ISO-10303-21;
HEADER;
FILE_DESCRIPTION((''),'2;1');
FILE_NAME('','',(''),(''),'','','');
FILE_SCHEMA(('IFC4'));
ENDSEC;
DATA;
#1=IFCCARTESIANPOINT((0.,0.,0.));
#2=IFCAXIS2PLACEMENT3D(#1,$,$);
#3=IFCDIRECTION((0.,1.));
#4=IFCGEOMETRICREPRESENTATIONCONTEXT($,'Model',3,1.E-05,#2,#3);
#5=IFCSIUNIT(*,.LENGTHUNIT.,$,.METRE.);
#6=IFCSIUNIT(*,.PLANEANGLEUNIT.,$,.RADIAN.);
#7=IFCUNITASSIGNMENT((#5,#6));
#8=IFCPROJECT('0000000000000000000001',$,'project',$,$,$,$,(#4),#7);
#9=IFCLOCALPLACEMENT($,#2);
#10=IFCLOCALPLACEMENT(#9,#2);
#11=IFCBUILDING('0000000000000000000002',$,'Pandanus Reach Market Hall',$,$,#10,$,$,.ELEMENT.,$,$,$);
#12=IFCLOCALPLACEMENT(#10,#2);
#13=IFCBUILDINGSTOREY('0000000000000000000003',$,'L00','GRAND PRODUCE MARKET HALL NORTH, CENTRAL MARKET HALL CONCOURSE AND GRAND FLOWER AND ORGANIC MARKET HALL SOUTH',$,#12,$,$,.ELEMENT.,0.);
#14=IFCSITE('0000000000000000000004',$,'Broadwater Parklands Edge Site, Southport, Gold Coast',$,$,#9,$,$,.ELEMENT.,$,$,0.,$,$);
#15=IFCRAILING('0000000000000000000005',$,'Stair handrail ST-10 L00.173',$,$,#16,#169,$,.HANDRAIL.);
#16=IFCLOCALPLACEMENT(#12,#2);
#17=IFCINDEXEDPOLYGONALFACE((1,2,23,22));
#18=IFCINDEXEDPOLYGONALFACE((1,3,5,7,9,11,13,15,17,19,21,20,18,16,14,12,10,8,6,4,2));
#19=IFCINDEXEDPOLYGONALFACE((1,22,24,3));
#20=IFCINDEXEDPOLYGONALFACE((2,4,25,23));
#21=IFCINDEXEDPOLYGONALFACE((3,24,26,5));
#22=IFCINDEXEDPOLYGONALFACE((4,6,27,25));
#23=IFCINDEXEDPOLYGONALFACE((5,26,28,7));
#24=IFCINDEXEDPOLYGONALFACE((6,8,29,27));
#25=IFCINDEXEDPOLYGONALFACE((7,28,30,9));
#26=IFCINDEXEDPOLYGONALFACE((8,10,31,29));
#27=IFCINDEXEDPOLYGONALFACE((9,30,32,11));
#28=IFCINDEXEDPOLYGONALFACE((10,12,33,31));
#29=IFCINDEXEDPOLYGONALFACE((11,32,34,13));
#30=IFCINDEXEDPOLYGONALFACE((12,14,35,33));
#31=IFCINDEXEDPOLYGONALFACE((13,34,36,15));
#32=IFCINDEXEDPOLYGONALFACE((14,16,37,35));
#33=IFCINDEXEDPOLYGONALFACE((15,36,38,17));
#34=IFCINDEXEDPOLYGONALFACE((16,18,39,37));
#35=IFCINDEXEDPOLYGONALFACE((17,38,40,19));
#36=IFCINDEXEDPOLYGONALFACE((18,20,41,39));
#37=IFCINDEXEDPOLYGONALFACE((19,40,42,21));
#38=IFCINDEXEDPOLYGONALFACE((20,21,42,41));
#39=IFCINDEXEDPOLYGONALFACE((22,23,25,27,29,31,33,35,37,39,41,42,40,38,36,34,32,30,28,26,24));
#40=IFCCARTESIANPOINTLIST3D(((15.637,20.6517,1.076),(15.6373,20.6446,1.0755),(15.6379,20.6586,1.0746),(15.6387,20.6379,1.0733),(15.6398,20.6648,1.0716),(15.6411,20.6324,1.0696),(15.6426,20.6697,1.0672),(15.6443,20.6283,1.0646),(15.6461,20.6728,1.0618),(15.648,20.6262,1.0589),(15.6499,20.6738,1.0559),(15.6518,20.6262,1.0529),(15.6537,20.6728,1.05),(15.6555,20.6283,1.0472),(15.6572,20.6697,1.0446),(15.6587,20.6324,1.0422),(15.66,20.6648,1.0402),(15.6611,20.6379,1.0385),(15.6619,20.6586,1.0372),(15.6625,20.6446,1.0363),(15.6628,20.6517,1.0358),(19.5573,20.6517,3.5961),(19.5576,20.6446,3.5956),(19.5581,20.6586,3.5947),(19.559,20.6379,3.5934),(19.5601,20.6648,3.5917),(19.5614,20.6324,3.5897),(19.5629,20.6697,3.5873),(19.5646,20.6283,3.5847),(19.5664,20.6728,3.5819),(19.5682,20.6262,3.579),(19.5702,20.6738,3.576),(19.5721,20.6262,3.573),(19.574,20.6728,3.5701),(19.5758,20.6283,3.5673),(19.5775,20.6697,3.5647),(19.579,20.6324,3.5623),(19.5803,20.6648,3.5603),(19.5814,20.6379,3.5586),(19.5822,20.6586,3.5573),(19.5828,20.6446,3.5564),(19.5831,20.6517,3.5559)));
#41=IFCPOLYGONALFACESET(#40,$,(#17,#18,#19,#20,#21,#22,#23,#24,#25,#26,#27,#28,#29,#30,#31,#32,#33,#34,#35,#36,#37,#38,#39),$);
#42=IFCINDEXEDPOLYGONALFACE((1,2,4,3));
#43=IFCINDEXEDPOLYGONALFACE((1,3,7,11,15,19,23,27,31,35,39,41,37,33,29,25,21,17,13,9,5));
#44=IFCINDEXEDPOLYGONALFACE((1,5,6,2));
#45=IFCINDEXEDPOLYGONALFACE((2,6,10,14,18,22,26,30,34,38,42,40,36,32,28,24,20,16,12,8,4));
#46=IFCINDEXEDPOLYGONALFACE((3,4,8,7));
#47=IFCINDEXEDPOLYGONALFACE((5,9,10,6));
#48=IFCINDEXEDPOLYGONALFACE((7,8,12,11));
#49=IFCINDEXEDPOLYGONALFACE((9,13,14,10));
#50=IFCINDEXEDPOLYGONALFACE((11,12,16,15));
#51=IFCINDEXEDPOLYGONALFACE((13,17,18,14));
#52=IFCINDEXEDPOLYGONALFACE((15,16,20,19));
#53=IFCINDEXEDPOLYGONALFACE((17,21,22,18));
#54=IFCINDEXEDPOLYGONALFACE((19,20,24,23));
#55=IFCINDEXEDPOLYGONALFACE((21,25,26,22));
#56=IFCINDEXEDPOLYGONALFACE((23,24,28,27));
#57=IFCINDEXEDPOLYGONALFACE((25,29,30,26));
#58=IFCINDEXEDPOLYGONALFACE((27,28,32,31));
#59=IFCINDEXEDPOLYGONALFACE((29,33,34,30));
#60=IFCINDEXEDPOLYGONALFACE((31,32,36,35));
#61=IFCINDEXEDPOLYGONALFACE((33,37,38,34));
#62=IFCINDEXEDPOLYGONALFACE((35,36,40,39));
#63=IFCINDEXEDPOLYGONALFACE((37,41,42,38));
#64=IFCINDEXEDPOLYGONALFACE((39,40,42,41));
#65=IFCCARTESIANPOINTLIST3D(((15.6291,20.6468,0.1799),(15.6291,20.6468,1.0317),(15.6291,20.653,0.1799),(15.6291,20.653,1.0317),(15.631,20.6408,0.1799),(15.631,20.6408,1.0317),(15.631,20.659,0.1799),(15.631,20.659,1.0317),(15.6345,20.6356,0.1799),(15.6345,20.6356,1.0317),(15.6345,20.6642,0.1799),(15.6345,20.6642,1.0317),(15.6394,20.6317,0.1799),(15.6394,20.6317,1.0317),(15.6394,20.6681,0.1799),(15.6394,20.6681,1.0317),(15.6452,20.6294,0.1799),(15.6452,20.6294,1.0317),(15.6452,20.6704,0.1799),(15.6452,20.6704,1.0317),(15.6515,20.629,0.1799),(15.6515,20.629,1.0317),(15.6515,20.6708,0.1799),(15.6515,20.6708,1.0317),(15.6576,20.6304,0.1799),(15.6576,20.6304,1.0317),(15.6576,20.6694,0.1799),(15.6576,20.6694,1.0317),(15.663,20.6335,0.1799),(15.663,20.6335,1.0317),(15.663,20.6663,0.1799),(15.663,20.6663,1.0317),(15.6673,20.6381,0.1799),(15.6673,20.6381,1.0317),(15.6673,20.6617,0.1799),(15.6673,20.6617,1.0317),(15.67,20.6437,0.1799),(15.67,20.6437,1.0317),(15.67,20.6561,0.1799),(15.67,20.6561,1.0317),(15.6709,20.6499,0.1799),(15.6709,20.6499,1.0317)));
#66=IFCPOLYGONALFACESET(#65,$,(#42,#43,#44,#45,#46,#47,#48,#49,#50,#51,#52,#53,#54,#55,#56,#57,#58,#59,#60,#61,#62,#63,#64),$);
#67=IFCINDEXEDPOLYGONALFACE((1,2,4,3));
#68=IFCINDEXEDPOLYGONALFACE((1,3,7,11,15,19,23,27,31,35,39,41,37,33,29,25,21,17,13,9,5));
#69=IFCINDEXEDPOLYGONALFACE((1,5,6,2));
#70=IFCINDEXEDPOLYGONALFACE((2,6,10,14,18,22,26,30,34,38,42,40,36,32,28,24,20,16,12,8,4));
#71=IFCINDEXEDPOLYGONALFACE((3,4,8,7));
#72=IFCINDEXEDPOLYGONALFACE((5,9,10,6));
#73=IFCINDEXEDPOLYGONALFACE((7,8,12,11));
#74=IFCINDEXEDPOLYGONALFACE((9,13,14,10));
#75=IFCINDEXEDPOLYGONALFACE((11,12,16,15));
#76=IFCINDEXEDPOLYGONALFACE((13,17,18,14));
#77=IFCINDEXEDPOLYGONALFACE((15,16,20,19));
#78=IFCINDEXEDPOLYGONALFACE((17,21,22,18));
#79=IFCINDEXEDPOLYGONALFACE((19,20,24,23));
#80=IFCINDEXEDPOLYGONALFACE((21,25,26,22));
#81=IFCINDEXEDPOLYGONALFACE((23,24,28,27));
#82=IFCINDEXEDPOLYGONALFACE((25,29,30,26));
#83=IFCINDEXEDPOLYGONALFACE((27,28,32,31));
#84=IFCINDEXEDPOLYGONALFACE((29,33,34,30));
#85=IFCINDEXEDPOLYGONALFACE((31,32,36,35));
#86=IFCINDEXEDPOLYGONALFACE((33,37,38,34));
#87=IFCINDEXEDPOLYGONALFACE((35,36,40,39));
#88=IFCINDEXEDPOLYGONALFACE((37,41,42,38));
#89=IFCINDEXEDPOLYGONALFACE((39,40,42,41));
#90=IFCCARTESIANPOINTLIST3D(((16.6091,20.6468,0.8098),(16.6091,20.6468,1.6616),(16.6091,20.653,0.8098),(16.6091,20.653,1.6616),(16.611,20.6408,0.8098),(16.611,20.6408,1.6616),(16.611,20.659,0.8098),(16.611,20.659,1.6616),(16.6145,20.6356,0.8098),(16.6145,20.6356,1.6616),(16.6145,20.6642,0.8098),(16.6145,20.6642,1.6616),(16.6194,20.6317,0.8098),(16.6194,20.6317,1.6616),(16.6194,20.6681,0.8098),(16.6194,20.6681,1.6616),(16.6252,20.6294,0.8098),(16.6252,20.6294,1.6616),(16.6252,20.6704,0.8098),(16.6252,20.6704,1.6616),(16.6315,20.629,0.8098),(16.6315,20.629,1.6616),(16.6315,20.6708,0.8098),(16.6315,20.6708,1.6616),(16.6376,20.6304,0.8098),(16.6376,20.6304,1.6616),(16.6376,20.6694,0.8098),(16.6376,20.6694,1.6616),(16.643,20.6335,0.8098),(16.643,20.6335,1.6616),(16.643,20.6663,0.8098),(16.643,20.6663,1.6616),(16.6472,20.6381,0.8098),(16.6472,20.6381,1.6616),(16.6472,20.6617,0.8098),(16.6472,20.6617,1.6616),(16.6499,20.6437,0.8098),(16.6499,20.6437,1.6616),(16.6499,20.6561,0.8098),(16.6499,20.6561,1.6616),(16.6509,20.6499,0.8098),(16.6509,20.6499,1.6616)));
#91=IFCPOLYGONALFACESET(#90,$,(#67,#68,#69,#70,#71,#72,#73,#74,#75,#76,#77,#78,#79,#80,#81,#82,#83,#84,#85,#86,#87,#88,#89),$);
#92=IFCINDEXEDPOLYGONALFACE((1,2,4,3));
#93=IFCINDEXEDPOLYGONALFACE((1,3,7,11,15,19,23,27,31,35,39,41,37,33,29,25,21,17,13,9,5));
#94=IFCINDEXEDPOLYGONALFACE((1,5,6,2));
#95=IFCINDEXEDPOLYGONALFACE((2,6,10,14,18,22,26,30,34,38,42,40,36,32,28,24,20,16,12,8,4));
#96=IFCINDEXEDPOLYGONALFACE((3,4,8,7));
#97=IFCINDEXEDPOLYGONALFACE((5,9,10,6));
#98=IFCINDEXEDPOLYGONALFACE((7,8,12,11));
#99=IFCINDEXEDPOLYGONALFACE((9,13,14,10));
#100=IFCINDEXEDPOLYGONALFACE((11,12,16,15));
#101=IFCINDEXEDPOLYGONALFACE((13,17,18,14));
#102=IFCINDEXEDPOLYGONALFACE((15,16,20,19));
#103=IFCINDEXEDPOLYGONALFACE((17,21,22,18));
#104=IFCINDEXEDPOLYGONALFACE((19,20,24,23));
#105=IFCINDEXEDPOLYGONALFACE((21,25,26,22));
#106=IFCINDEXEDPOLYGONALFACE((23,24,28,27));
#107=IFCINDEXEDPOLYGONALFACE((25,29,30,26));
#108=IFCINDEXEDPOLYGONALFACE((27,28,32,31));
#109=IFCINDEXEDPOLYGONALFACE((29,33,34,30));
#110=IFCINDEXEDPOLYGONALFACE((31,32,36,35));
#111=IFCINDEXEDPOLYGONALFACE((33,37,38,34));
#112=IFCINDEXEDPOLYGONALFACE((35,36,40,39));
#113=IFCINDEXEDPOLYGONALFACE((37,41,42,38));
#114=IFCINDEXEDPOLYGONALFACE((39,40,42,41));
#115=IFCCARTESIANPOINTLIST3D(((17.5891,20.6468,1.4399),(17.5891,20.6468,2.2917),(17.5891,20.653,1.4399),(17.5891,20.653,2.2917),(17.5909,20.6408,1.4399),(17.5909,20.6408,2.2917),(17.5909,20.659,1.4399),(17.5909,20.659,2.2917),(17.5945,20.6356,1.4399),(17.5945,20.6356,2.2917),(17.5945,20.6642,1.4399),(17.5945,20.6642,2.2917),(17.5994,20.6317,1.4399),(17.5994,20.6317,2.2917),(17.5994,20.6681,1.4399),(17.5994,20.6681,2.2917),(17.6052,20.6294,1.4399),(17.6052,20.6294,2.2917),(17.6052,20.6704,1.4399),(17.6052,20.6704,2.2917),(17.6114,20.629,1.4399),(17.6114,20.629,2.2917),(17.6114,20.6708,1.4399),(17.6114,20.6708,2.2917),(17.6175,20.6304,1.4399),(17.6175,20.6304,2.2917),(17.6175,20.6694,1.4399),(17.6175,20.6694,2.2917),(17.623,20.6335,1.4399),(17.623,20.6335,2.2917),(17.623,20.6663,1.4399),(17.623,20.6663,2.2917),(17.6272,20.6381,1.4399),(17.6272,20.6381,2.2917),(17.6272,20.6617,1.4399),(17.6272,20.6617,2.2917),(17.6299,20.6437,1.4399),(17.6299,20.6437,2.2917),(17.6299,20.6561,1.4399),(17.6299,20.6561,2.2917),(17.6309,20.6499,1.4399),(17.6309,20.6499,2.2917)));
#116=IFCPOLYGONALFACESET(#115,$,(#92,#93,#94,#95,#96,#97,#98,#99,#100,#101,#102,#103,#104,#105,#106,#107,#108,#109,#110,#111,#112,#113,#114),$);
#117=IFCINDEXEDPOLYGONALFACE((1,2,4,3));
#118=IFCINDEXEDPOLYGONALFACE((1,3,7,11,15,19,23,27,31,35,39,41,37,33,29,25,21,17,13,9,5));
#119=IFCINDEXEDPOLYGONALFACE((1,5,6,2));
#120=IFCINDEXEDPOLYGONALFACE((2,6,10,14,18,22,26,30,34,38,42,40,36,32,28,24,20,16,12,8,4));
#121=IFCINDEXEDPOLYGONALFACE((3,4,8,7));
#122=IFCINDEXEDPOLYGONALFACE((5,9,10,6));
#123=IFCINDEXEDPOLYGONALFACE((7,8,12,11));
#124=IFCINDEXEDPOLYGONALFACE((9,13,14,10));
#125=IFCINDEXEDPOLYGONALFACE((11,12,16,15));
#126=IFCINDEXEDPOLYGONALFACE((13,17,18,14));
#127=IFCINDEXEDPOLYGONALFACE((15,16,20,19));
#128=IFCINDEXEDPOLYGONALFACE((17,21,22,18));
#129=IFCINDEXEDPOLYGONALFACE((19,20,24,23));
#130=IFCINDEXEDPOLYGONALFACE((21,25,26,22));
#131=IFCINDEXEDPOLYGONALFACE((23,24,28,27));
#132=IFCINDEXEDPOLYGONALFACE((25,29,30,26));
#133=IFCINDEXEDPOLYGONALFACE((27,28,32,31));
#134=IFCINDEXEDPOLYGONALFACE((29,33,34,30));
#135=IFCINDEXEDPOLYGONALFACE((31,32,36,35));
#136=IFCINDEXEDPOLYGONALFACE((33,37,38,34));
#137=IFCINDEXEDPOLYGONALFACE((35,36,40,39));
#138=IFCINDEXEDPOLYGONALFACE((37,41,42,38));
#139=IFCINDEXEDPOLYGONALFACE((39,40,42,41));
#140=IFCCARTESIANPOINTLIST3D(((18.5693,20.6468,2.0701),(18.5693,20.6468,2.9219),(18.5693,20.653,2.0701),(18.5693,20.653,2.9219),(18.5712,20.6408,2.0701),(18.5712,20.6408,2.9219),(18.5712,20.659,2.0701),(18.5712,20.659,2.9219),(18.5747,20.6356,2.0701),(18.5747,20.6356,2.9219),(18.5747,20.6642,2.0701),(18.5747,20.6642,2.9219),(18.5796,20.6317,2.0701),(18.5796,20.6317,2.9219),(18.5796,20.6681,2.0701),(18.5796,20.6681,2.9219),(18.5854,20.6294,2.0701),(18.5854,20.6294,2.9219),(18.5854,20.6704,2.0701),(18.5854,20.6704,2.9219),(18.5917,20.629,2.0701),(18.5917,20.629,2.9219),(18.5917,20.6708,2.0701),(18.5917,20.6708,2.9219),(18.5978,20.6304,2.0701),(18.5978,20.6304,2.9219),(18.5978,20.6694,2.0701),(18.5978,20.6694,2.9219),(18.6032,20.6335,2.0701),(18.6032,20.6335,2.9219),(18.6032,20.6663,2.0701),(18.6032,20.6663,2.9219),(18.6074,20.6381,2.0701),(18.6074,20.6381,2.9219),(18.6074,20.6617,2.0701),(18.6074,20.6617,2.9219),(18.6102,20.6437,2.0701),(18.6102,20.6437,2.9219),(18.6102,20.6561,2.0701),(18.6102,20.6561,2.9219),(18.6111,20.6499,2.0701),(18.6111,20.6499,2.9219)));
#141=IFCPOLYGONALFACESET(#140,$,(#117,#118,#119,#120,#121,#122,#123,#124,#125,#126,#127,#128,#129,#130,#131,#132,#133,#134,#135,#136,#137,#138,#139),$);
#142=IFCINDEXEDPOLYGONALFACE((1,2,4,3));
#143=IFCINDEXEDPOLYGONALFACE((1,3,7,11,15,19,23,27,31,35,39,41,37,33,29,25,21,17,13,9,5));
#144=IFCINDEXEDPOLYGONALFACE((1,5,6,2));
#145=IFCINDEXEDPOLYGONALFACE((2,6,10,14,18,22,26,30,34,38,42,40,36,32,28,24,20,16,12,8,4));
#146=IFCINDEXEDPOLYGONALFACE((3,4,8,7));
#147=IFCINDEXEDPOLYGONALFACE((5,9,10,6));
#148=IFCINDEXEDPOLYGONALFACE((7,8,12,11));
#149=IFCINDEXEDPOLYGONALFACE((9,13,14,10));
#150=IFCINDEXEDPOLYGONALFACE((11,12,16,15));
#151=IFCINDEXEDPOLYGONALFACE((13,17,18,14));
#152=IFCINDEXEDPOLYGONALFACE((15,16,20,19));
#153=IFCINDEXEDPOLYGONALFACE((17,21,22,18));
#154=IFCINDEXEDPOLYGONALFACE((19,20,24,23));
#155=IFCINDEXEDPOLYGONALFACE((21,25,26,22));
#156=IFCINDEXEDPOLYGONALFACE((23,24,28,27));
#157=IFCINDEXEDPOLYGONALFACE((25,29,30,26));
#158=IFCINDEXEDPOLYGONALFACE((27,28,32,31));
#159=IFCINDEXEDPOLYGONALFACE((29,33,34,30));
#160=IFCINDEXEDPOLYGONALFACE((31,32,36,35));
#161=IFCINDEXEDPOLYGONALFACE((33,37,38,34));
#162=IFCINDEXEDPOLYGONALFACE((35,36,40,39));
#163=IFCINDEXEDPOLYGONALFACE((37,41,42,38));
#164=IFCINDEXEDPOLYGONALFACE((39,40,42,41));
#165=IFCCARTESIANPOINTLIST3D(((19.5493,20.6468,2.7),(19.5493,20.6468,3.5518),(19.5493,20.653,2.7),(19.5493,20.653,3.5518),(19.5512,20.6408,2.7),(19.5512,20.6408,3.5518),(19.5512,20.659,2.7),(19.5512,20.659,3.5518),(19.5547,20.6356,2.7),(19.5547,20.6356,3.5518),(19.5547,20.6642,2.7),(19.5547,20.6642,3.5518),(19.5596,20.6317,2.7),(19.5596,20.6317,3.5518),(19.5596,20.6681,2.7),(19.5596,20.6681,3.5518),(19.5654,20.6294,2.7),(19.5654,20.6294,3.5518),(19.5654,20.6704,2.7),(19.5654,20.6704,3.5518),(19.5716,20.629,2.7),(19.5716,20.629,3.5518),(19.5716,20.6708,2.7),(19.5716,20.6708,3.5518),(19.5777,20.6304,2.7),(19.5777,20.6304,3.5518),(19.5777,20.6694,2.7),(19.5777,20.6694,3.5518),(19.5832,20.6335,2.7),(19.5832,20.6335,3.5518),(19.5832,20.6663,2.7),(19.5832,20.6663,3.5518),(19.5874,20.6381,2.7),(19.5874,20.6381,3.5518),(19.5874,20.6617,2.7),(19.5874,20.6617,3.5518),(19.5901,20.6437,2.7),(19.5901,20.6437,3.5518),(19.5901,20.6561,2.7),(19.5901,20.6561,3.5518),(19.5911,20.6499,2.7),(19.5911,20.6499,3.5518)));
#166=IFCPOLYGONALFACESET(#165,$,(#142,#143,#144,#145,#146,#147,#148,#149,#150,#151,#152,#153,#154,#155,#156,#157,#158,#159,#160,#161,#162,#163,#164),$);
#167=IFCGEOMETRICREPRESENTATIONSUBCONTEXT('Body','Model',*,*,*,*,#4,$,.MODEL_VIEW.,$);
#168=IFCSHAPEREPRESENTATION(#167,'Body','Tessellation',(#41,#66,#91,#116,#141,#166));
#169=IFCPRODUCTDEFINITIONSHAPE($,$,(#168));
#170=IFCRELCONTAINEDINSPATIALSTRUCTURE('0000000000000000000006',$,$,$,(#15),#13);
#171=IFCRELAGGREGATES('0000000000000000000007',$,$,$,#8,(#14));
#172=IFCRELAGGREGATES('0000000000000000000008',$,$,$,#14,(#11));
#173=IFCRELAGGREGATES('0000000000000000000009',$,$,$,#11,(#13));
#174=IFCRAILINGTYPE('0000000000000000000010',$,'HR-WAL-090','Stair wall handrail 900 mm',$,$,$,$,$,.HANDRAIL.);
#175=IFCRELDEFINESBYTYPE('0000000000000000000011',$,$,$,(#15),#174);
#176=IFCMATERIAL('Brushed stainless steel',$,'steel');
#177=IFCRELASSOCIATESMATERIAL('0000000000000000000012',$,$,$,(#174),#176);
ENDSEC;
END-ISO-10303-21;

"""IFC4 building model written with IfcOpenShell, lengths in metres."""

from ifc_helpers import new_model, si_unit, direction, frame, origin, origin_2d, place, context, subcontext, project, spatial, circle, extrude, material, type_object, element, save


model = new_model("IFC4")

# Units and contexts
model_context = context("Model", 3, precision=1e-05, world=origin(), true_north=direction((0.0, 1.0)))
body_context = subcontext(model_context, "Body", "Model", "MODEL_VIEW")
ifc_project = project(units=[si_unit("LENGTHUNIT", "METRE"), si_unit("PLANEANGLEUNIT", "RADIAN")], contexts=[model_context])

# Site, building, storey
site_placement = place(None, origin())
site = spatial("IfcSite", under=ifc_project, at=site_placement, Name="Broadwater Parklands Edge Site, Southport, Gold Coast", CompositionType="ELEMENT", RefElevation=0.0)
building_placement = place(site_placement, origin())
building = spatial("IfcBuilding", under=site, at=building_placement, Name="Pandanus Reach Market Hall", CompositionType="ELEMENT")
storey_placement = place(building_placement, origin())
storey = spatial("IfcBuildingStorey", under=building, at=storey_placement, Name="L00", Description="GRAND PRODUCE MARKET HALL NORTH, CENTRAL MARKET HALL CONCOURSE AND GRAND FLOWER AND ORGANIC MARKET HALL SOUTH", CompositionType="ELEMENT", Elevation=0.0)

# Railing
ifc_material_1 = material(Name="Brushed stainless steel", Category="steel")
railing_type_1 = type_object("IfcRailingType", Name="HR-WAL-090", Description="Stair wall handrail 900 mm", PredefinedType="HANDRAIL", material=ifc_material_1)
railing_1_placement = place(storey_placement, frame((15.6499, 20.6499, 0.1799)))
element("IfcRailing", 1, at=railing_1_placement, inside=storey, type_object=railing_type_1, Name="Stair handrail ST-10 L00.173", PredefinedType="HANDRAIL", context=body_context, shape_type="SweptSolid", body=[
    extrude(circle(Radius=0.0239, at=origin_2d()), frame((0.0, 0.0, 0.876), z_axis=(0.841187, 0.0, 0.540744), x_axis=(0.0, 1.0, 0.0)), (0.0, 0.0, 1.0), 4.6604),
    extrude(circle(Radius=0.021, at=origin_2d()), origin(), (0.0, 0.0, 1.0), 0.8518),
    extrude(circle(Radius=0.021, at=origin_2d()), frame((0.98, 0.0, 0.6299)), (0.0, 0.0, 1.0), 0.8518),
    extrude(circle(Radius=0.021, at=origin_2d()), frame((1.96, 0.0, 1.26)), (0.0, 0.0, 1.0), 0.8518),
    extrude(circle(Radius=0.021, at=origin_2d()), frame((2.9402, 0.0, 1.8901)), (0.0, 0.0, 1.0), 0.8518),
    extrude(circle(Radius=0.021, at=origin_2d()), frame((3.9202, 0.0, 2.52)), (0.0, 0.0, 1.0), 0.8518),
])

save(model, "model.ifc")
